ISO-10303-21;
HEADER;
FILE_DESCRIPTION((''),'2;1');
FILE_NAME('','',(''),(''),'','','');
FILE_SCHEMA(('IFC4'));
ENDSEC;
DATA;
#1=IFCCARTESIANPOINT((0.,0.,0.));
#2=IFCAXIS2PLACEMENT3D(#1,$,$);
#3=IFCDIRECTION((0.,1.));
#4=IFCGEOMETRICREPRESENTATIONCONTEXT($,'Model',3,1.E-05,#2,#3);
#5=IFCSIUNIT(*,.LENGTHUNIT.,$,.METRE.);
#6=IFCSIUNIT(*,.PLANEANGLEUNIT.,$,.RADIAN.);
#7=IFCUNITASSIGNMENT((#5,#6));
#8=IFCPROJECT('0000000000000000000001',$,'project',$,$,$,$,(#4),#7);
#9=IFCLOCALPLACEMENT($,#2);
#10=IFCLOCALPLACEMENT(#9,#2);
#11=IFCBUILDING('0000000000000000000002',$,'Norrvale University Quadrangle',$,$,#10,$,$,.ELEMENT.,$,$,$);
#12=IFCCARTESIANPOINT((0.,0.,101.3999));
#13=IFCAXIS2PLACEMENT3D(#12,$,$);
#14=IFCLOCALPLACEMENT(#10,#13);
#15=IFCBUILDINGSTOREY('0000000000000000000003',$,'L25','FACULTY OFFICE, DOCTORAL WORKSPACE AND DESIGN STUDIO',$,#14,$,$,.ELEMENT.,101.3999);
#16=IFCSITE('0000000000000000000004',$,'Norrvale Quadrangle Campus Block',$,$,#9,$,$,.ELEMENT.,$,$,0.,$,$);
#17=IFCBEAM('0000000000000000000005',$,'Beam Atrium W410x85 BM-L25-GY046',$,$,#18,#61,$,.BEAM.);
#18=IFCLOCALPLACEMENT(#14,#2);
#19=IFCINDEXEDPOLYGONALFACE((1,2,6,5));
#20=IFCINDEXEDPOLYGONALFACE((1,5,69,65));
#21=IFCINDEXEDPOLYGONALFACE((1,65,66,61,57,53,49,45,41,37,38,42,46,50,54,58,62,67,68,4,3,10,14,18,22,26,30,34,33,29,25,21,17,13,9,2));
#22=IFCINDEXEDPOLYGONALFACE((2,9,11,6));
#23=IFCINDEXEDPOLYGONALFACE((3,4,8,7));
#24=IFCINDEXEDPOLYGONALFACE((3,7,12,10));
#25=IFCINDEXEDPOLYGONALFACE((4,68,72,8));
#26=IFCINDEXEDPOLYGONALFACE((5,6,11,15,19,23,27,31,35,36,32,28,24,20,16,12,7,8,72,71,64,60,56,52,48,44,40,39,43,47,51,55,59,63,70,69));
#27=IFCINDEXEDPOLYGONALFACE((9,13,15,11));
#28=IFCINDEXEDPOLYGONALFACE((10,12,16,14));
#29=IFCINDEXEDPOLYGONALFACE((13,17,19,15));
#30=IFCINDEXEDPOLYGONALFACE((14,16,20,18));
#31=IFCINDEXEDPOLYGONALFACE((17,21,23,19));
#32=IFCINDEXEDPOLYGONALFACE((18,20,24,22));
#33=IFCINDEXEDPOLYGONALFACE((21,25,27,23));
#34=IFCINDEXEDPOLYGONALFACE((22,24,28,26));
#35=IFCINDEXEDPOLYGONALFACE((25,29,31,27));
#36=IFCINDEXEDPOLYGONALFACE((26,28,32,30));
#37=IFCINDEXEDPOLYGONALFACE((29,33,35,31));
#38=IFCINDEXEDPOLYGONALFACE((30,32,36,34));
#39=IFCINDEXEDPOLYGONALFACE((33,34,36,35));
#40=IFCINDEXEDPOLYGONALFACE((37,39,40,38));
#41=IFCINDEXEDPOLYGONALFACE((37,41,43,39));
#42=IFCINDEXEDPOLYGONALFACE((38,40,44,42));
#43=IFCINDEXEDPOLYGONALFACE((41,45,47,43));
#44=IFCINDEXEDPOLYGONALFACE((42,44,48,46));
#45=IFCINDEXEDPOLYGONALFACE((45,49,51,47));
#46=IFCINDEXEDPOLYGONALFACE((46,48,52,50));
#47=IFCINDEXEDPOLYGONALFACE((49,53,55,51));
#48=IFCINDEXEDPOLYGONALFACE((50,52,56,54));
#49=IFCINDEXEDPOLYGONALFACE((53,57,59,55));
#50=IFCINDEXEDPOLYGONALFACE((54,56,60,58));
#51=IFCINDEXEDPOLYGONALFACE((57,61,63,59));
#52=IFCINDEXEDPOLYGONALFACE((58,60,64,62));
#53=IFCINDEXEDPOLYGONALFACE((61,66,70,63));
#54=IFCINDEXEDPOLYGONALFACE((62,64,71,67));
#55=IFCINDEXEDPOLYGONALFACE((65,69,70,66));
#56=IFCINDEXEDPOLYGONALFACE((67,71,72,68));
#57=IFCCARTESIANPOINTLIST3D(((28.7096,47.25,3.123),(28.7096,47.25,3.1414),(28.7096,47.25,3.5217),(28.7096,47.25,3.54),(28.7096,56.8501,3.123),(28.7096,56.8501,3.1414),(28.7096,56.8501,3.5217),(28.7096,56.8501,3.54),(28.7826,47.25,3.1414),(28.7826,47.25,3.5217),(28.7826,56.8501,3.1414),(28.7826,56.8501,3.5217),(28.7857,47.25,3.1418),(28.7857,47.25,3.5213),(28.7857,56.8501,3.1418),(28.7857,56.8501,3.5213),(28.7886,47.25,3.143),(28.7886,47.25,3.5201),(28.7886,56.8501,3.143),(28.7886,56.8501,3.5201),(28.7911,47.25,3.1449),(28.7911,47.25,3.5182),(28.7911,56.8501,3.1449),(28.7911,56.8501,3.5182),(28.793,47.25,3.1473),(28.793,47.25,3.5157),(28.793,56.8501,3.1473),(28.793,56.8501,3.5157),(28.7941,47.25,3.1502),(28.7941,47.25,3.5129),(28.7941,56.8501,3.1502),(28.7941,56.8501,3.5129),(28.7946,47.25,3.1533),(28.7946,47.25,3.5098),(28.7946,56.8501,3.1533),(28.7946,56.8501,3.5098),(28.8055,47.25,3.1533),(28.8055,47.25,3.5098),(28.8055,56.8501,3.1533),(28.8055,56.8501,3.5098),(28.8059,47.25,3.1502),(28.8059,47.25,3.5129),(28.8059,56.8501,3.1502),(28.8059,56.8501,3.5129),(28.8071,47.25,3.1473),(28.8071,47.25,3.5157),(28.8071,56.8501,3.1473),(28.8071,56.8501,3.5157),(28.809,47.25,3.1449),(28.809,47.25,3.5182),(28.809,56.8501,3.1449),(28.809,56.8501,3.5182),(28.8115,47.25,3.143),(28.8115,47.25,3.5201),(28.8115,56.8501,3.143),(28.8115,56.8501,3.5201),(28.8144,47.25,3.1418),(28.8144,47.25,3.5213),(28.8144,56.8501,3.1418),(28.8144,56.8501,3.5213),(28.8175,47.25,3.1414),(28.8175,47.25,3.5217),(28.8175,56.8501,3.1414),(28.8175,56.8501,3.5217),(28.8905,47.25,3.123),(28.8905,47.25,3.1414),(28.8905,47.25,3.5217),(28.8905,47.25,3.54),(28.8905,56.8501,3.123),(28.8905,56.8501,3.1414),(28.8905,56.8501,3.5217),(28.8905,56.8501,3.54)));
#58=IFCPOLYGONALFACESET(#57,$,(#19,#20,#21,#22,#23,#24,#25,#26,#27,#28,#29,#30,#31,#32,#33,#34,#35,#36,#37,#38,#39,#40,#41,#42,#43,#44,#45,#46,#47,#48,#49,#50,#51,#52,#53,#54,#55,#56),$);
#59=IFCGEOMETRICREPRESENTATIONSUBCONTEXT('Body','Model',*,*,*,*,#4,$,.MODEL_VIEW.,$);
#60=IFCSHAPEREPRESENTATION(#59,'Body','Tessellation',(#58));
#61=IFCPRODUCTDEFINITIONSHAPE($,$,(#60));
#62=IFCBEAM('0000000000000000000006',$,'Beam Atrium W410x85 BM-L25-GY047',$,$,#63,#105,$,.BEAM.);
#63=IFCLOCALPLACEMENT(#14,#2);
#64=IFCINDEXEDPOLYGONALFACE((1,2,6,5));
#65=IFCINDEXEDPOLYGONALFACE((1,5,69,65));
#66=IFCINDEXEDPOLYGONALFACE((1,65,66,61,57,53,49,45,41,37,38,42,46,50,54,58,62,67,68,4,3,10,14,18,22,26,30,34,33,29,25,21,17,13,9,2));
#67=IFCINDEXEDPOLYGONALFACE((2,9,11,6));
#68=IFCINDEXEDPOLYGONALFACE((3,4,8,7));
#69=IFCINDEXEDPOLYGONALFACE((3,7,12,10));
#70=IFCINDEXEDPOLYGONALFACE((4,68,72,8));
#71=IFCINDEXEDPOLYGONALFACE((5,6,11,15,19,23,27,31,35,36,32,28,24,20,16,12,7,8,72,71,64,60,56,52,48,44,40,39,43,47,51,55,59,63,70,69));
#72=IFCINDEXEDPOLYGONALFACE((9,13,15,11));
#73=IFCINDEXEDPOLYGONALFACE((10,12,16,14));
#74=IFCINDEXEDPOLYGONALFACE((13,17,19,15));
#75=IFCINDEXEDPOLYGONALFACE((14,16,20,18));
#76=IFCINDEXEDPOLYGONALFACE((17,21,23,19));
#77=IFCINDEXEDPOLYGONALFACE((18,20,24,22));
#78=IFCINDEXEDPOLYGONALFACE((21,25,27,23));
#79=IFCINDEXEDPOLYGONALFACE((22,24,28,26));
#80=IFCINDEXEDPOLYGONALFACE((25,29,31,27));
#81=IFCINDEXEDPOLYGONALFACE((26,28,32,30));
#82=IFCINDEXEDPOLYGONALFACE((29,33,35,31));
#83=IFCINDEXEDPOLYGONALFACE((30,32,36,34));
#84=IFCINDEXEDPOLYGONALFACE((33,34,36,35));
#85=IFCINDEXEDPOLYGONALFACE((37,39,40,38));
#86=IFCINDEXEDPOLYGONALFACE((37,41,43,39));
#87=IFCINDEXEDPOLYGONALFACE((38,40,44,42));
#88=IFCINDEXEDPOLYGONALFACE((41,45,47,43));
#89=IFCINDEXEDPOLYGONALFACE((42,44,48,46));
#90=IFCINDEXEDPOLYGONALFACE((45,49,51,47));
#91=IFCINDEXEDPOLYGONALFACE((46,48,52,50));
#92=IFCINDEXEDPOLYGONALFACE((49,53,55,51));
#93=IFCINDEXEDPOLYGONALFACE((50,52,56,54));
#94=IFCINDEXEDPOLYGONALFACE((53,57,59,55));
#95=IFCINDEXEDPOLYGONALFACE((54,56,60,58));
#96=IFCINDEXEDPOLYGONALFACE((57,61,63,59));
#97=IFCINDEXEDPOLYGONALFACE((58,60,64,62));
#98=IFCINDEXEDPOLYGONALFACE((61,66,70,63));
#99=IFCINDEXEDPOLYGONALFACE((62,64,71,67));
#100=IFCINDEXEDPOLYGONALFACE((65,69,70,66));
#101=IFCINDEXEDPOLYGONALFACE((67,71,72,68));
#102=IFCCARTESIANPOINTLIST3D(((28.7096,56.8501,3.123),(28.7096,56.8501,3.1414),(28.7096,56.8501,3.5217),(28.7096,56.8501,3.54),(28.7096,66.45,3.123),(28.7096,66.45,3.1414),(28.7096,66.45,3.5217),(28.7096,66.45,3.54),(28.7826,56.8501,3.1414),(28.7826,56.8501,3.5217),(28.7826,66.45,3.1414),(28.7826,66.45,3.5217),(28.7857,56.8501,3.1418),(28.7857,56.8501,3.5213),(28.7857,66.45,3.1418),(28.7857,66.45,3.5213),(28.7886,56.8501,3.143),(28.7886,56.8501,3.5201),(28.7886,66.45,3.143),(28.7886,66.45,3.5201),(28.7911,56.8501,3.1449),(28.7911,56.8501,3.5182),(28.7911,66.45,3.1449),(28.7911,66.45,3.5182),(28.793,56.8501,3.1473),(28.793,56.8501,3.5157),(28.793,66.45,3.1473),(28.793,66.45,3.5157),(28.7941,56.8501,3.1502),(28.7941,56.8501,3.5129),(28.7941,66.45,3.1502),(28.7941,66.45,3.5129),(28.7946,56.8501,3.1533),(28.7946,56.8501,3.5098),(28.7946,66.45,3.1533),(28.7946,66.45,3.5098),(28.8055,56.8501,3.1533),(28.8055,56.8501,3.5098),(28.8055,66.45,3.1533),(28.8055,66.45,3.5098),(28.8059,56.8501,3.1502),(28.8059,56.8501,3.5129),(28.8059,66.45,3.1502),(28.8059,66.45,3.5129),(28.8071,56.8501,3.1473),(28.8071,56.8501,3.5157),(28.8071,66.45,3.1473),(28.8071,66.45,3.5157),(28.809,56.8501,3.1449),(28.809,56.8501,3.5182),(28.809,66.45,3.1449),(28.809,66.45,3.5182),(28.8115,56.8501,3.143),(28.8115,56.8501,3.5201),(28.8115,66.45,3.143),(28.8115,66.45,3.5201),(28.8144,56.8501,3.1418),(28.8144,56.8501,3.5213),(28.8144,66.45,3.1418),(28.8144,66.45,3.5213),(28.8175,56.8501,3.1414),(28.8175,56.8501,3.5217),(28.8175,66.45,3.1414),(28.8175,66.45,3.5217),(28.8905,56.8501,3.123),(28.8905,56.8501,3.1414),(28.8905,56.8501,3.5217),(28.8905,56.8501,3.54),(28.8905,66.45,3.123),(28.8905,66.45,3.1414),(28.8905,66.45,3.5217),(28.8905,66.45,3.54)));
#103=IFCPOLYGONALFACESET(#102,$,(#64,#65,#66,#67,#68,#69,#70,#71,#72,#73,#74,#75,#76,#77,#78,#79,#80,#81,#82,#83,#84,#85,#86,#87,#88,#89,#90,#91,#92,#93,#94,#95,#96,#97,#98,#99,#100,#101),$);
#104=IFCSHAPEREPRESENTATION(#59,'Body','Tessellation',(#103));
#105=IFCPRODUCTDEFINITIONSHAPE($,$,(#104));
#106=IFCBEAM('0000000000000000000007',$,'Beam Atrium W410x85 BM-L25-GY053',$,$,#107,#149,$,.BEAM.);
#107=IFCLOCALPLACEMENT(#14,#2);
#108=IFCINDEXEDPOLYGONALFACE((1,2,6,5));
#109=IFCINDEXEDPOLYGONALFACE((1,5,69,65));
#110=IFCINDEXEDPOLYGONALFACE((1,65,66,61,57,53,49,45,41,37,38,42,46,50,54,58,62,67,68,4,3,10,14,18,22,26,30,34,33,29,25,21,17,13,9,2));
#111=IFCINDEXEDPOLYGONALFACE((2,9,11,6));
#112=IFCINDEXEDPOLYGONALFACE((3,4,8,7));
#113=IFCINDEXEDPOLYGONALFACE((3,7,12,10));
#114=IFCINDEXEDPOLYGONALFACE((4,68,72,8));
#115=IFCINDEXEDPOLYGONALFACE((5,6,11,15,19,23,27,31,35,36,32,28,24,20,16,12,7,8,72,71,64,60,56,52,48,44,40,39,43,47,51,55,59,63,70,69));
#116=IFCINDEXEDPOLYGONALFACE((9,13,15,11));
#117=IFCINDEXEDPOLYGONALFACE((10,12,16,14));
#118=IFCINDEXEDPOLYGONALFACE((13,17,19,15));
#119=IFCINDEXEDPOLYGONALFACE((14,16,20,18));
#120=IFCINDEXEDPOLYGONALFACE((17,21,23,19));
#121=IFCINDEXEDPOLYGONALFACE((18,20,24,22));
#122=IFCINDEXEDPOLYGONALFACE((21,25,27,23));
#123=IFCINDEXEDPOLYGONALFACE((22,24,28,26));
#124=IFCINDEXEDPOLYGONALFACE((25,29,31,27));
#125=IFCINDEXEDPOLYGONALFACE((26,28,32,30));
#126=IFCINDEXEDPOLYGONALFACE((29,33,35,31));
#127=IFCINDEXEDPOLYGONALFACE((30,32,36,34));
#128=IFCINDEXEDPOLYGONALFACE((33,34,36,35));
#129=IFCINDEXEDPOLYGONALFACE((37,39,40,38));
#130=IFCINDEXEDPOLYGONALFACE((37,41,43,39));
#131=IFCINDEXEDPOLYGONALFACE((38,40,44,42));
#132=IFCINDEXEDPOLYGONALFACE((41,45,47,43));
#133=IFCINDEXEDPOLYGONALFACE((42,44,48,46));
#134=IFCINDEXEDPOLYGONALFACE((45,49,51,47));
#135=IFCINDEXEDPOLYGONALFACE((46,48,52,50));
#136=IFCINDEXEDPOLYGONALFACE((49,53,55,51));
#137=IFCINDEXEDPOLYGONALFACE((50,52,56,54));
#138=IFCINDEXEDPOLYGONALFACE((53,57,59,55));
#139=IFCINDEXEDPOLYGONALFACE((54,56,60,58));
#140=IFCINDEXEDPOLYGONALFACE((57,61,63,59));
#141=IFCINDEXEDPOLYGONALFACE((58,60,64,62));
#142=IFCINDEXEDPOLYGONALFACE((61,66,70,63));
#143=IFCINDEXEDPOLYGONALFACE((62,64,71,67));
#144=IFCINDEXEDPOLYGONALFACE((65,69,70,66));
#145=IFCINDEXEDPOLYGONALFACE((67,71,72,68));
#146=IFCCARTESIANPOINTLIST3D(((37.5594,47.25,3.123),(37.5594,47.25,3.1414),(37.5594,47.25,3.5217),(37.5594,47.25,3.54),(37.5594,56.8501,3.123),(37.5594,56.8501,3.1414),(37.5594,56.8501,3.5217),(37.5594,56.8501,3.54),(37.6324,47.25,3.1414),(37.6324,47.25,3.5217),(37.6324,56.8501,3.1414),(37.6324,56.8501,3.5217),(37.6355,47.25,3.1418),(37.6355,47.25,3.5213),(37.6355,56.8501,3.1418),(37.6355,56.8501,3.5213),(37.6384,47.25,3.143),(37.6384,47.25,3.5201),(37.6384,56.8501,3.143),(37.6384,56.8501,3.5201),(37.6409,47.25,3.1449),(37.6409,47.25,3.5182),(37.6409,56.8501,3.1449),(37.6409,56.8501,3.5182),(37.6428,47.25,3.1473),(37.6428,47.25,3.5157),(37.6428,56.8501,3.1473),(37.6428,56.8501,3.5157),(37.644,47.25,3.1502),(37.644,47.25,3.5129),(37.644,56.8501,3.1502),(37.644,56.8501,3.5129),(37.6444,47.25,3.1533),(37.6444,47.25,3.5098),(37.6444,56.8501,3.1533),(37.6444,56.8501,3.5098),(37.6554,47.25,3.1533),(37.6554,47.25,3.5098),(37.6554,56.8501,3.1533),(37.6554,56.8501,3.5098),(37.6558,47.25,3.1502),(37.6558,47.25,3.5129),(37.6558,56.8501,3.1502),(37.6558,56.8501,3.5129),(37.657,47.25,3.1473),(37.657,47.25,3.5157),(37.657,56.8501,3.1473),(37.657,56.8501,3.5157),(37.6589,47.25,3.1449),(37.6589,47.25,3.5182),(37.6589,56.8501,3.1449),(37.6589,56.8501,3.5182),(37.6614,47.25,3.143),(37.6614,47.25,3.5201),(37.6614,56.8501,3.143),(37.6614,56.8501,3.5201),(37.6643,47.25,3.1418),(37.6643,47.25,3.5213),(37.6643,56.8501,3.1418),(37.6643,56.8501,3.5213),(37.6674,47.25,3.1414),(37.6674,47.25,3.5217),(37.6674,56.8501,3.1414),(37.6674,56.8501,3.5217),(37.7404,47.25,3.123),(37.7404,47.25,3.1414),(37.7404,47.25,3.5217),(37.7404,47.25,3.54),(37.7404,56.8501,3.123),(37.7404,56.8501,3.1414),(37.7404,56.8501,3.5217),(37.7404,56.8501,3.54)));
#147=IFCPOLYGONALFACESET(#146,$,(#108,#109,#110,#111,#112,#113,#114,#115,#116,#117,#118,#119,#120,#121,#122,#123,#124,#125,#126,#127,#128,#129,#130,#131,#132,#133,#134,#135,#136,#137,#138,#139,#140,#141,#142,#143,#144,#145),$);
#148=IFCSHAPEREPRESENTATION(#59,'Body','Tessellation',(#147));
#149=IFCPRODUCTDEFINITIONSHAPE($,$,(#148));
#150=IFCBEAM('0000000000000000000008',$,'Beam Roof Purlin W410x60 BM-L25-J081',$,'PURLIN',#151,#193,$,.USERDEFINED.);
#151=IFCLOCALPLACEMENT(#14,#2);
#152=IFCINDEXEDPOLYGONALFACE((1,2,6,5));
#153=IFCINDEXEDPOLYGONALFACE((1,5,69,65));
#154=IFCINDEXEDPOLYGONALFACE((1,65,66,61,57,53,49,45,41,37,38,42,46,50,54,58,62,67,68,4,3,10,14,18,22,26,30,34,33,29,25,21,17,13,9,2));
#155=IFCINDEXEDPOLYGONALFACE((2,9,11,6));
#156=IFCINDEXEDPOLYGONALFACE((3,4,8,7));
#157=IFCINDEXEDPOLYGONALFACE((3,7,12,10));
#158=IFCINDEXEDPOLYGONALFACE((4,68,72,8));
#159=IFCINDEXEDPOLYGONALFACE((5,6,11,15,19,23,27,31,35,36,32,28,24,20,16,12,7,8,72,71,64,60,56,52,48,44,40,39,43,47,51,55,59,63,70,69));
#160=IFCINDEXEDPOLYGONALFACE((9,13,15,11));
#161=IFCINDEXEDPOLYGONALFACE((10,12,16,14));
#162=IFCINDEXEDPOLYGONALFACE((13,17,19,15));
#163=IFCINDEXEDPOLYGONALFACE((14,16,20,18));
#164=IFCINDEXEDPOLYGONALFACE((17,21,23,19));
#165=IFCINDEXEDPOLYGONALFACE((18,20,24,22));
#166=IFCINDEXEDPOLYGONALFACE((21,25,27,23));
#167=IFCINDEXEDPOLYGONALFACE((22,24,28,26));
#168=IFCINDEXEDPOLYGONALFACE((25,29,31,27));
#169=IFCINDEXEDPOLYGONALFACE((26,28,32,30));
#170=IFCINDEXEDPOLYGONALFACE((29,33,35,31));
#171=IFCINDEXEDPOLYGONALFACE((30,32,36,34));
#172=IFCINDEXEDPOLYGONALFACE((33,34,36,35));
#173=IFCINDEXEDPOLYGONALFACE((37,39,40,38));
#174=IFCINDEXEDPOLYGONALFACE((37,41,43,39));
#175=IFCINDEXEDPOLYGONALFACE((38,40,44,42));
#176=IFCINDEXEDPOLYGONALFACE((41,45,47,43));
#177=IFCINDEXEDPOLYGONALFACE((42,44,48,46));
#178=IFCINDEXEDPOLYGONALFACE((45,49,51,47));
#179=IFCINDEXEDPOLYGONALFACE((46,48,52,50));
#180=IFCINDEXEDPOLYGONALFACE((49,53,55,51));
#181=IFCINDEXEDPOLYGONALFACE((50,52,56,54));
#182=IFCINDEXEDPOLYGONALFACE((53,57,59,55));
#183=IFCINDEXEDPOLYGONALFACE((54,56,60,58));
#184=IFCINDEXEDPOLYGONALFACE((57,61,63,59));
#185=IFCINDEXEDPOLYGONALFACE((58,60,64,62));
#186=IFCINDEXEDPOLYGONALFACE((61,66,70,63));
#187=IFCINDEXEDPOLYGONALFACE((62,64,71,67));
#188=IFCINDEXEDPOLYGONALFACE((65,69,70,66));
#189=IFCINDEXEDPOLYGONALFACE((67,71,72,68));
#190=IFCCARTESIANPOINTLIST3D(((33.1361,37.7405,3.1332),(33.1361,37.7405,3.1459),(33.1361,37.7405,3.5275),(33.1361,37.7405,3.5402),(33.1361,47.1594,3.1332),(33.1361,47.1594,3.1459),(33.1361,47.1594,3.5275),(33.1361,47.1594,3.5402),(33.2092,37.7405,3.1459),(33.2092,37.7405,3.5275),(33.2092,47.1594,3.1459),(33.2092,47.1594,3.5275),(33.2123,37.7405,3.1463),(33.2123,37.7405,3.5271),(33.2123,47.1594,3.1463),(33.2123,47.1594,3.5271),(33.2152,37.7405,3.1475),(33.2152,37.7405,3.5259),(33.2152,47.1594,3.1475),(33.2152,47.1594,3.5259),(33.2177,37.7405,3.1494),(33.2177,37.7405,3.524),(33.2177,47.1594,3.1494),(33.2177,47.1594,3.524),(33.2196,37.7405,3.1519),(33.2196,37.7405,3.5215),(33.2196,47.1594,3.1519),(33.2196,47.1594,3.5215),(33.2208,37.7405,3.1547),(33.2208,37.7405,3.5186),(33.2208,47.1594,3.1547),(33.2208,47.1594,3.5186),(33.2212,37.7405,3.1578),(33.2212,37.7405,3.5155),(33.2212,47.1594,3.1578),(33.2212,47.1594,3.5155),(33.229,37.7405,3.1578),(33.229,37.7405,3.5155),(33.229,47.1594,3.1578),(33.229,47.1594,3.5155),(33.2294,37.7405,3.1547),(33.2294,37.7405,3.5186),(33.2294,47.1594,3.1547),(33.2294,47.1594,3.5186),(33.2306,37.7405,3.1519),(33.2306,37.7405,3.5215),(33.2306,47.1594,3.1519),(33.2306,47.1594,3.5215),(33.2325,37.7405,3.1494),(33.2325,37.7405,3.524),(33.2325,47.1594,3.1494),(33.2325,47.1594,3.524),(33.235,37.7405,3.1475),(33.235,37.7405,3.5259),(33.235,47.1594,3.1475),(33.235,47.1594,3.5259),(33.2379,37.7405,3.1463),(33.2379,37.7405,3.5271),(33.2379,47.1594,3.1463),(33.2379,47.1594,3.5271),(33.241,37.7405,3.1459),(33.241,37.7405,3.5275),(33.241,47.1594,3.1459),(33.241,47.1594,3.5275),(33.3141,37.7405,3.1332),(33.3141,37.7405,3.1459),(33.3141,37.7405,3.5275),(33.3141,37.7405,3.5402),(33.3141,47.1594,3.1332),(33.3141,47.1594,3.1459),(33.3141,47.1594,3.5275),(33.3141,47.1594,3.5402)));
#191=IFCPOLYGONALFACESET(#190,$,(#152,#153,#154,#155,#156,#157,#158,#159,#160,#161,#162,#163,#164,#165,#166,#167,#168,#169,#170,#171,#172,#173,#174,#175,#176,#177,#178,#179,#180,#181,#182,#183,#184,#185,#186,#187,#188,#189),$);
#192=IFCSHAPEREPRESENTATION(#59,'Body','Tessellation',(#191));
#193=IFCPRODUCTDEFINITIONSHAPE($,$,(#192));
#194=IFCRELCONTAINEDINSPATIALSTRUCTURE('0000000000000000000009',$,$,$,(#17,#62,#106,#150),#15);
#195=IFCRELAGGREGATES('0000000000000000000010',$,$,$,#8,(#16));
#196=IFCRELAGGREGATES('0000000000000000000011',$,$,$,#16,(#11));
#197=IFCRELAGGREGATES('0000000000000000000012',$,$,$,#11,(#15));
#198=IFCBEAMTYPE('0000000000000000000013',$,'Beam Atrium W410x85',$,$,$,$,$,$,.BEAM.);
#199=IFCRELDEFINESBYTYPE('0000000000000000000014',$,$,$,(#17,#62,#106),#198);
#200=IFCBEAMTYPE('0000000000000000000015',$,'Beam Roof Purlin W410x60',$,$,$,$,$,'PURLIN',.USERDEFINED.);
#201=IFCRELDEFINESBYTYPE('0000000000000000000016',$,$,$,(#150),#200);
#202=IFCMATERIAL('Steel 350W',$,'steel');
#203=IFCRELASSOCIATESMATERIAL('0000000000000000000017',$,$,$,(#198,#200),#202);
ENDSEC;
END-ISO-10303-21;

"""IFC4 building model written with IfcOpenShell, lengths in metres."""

from ifc_helpers import new_model, si_unit, direction, frame, origin, origin_2d, place, context, subcontext, project, spatial, i_section, extrude, material, material_profile, profile_set, type_object, element, save


model = new_model("IFC4")

# Units and contexts
model_context = context("Model", 3, precision=1e-05, world=origin(), true_north=direction((0.0, 1.0)))
body_context = subcontext(model_context, "Body", "Model", "MODEL_VIEW")
ifc_project = project(units=[si_unit("LENGTHUNIT", "METRE"), si_unit("PLANEANGLEUNIT", "RADIAN")], contexts=[model_context])

# Site, building, storey
site_placement = place(None, origin())
site = spatial("IfcSite", under=ifc_project, at=site_placement, Name="Norrvale Quadrangle Campus Block", CompositionType="ELEMENT", RefElevation=0.0)
building_placement = place(site_placement, origin())
building = spatial("IfcBuilding", under=site, at=building_placement, Name="Norrvale University Quadrangle", CompositionType="ELEMENT")
storey_placement = place(building_placement, frame((0.0, 0.0, 101.3999)))
storey = spatial("IfcBuildingStorey", under=building, at=storey_placement, Name="L25", Description="FACULTY OFFICE, DOCTORAL WORKSPACE AND DESIGN STUDIO", CompositionType="ELEMENT", Elevation=101.3999)

# Beams
ifc_material_1 = material(Name="Steel 350W", Category="steel")
ifc_material_profile_1 = material_profile(ifc_material_1, i_section(OverallWidth=0.1809, OverallDepth=0.417, WebThickness=0.011, FlangeThickness=0.0183, FilletRadius=0.012, at=origin_2d()), Name="Steel 350W")
ifc_profile_set_1 = profile_set([ifc_material_profile_1], Name="Steel 350W")
beam_type_1 = type_object("IfcBeamType", Name="Beam Atrium W410x85", PredefinedType="BEAM", material=ifc_profile_set_1)
beam_1_placement = place(storey_placement, frame((28.8, 47.25, 3.3315), z_axis=(0.0, 1.0, 0.0), x_axis=(-1.0, 0.0, 0.0)))
element("IfcBeam", 1, at=beam_1_placement, inside=storey, type_object=beam_type_1, Name="Beam Atrium W410x85 BM-L25-GY046", PredefinedType="BEAM", context=body_context, shape_type="SweptSolid", body=[
    extrude(i_section(OverallWidth=0.1809, OverallDepth=0.417, WebThickness=0.011, FlangeThickness=0.0183, FilletRadius=0.012, at=origin_2d()), origin(), (0.0, 0.0, 1.0), 9.6001),
])
beam_2_placement = place(storey_placement, frame((28.8, 56.8501, 3.3315), z_axis=(0.0, 1.0, 0.0), x_axis=(-1.0, 0.0, 0.0)))
element("IfcBeam", 2, at=beam_2_placement, inside=storey, type_object=beam_type_1, Name="Beam Atrium W410x85 BM-L25-GY047", PredefinedType="BEAM", context=body_context, shape_type="SweptSolid", body=[
    extrude(i_section(OverallWidth=0.1809, OverallDepth=0.417, WebThickness=0.011, FlangeThickness=0.0183, FilletRadius=0.012, at=origin_2d()), origin(), (0.0, 0.0, 1.0), 9.5999),
])
beam_3_placement = place(storey_placement, frame((37.6499, 47.25, 3.3315), z_axis=(0.0, 1.0, 0.0), x_axis=(-1.0, 0.0, 0.0)))
element("IfcBeam", 3, at=beam_3_placement, inside=storey, type_object=beam_type_1, Name="Beam Atrium W410x85 BM-L25-GY053", PredefinedType="BEAM", context=body_context, shape_type="SweptSolid", body=[
    extrude(i_section(OverallWidth=0.1809, OverallDepth=0.417, WebThickness=0.011, FlangeThickness=0.0183, FilletRadius=0.012, at=origin_2d()), origin(), (0.0, 0.0, 1.0), 9.6001),
])
ifc_material_profile_2 = material_profile(ifc_material_1, i_section(OverallWidth=0.178, OverallDepth=0.407, WebThickness=0.0078, FlangeThickness=0.0127, FilletRadius=0.012, at=origin_2d()), Name="Steel 350W")
ifc_profile_set_2 = profile_set([ifc_material_profile_2], Name="Steel 350W")
beam_type_2 = type_object("IfcBeamType", Name="Beam Roof Purlin W410x60", ElementType="PURLIN", PredefinedType="USERDEFINED", material=ifc_profile_set_2)
for number, where, z_axis, x_axis, name in (
    (4, (33.2251, 37.7405, 3.3367), (0.0, 1.0, 0.0), (-1.0, 0.0, 0.0), "Beam Roof Purlin W410x60 BM-L25-J081"),
):
    element("IfcBeam", number, at=place(storey_placement, frame(where, z_axis=z_axis, x_axis=x_axis)), inside=storey, type_object=beam_type_2, Name=name, ObjectType="PURLIN", PredefinedType="USERDEFINED", context=body_context, shape_type="SweptSolid", body=[
        extrude(i_section(OverallWidth=0.178, OverallDepth=0.407, WebThickness=0.0078, FlangeThickness=0.0127, FilletRadius=0.012, at=origin_2d()), origin(), (0.0, 0.0, 1.0), 9.4189),
    ])

save(model, "model.ifc")
